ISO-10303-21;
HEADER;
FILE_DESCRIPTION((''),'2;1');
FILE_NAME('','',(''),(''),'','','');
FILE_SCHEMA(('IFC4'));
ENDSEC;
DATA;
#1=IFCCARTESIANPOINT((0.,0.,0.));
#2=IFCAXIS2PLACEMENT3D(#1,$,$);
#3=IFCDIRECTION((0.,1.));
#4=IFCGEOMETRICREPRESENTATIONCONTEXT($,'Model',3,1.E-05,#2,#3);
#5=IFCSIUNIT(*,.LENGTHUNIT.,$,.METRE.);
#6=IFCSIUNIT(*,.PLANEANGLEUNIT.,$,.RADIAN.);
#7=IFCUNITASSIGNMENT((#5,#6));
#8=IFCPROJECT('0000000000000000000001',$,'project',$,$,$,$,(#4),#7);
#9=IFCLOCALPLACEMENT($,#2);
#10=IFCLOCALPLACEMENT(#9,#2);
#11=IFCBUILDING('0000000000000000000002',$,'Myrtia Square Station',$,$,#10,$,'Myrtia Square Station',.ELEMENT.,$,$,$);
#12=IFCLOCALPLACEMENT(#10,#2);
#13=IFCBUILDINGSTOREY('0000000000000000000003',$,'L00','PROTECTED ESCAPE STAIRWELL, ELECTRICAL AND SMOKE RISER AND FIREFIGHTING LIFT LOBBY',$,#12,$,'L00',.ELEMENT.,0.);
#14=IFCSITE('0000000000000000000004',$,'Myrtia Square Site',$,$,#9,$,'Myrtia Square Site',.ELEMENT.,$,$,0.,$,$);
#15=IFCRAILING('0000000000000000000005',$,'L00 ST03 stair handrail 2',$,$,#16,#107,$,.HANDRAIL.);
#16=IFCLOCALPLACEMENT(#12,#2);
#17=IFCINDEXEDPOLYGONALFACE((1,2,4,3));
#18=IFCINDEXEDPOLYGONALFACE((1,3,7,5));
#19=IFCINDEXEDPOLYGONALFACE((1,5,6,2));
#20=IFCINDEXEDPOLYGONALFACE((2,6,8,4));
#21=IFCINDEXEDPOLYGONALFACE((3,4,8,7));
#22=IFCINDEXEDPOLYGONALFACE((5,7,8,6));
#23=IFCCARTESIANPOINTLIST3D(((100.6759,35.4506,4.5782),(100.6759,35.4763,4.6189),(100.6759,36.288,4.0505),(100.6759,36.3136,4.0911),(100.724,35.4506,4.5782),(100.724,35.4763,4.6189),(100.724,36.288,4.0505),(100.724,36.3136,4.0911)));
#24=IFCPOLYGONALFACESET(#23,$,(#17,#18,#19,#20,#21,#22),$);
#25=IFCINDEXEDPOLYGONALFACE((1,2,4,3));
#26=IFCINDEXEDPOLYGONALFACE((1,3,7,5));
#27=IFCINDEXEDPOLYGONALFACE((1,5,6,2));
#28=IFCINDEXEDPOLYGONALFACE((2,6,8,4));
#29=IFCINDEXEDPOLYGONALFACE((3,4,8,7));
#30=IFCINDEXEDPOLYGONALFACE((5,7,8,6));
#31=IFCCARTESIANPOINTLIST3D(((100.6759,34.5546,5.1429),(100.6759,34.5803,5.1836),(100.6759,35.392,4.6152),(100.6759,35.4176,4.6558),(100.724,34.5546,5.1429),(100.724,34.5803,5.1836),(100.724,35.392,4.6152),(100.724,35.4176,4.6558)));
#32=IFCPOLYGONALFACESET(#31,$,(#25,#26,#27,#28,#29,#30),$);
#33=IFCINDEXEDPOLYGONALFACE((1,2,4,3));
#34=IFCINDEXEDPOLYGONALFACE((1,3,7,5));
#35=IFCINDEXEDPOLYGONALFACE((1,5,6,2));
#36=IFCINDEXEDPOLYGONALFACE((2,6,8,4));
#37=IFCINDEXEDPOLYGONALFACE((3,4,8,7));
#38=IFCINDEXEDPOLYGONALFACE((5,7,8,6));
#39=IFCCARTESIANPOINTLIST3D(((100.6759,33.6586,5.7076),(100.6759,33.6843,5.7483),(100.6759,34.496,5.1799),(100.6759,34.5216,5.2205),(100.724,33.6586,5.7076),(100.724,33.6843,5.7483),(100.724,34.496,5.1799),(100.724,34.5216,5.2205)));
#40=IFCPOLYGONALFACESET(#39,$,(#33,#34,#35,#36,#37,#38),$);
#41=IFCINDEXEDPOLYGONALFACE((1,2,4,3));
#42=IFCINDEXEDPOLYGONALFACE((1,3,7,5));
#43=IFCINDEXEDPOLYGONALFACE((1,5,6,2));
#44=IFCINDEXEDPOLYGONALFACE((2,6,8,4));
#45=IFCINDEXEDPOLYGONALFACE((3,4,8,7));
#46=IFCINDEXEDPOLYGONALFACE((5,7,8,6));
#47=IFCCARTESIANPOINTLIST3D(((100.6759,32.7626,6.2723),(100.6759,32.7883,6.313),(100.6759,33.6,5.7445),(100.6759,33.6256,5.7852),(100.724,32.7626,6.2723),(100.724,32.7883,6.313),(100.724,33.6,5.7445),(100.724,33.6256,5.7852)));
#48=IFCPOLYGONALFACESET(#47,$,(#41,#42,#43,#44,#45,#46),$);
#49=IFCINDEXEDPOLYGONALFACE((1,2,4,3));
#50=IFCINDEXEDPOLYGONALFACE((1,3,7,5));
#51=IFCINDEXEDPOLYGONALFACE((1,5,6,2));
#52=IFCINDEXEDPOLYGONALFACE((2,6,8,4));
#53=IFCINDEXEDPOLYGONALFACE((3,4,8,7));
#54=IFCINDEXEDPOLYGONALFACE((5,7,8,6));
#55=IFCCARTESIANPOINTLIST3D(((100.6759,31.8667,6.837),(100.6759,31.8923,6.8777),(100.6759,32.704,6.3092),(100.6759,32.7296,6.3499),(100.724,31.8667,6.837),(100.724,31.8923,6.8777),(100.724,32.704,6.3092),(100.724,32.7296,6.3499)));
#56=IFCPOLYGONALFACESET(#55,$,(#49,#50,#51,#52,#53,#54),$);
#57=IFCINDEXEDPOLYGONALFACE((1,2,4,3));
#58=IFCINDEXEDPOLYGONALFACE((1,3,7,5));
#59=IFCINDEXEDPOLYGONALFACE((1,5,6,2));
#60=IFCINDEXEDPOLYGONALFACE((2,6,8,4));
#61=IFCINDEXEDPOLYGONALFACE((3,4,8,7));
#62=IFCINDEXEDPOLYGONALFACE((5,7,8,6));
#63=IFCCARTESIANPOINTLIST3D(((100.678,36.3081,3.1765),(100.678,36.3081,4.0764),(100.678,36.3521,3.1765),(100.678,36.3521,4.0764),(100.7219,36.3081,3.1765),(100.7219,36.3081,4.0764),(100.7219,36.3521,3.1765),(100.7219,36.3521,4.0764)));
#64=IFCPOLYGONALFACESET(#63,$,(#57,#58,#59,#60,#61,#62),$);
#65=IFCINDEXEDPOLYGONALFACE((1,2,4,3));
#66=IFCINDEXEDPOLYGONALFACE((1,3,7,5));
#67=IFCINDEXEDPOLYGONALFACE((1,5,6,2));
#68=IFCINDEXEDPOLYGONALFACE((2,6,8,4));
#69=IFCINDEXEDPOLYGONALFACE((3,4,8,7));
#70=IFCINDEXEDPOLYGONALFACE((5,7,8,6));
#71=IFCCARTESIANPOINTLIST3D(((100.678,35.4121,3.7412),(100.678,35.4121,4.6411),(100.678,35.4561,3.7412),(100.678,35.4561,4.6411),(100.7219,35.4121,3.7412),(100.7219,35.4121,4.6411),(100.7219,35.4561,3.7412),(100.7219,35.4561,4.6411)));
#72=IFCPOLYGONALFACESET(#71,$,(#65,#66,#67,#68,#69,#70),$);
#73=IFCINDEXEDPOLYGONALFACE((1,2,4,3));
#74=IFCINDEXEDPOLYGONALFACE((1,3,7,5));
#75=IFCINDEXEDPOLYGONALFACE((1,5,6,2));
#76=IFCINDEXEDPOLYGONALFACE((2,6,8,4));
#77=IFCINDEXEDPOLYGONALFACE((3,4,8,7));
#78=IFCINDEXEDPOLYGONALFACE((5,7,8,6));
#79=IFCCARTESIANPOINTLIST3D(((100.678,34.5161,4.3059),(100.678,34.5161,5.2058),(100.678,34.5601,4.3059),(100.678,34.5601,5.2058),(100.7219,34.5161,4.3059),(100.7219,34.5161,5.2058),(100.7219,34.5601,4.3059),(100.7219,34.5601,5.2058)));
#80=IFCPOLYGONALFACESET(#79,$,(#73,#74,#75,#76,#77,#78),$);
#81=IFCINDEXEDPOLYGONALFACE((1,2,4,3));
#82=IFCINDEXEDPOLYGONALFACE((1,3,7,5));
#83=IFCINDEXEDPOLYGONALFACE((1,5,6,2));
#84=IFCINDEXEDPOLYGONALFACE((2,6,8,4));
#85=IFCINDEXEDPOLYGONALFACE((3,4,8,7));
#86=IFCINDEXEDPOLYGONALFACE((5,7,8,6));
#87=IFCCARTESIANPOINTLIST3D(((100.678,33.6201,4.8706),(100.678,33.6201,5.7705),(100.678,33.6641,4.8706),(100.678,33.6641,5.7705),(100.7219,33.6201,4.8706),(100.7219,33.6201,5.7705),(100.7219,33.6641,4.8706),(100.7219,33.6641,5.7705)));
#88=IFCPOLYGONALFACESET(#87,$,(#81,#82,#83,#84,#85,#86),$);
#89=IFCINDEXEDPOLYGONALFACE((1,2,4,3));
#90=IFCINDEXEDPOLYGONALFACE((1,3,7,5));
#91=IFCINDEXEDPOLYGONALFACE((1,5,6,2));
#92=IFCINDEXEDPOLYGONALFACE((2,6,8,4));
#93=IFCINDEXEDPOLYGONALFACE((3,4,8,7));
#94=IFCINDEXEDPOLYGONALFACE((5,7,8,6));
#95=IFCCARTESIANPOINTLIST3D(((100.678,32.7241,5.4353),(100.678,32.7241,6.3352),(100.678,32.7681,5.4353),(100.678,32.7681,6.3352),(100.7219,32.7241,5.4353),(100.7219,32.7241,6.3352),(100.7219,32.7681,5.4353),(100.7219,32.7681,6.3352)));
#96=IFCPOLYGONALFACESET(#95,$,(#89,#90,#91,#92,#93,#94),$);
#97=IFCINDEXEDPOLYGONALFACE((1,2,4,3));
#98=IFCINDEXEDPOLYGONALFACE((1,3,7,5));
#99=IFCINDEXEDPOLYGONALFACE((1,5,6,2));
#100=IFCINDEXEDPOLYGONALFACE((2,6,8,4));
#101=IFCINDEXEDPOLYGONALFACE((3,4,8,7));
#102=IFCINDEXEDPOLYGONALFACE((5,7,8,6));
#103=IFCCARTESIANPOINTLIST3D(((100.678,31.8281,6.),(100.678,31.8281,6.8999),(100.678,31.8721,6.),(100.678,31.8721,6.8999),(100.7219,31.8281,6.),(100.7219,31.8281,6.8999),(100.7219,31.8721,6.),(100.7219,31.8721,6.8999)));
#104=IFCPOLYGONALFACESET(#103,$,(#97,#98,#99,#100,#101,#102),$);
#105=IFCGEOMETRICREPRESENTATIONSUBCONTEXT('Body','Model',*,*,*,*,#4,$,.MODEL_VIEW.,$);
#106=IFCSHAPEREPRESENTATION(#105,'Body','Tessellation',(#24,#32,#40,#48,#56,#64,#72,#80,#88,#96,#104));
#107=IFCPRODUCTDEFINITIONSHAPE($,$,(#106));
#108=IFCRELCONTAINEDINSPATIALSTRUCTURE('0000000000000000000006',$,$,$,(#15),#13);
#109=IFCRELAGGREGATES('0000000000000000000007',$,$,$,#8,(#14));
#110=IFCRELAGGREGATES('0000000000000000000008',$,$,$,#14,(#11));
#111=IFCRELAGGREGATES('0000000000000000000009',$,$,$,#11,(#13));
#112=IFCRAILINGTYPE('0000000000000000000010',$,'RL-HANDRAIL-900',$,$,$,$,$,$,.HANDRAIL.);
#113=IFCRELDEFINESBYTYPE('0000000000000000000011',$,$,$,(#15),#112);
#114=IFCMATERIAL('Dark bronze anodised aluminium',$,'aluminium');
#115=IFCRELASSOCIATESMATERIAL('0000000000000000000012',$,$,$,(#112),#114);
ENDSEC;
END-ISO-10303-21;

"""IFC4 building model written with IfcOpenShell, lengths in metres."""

from ifc_helpers import new_model, si_unit, direction, frame, origin, origin_2d, place, context, subcontext, project, spatial, rectangle, extrude, material, type_object, element, save


model = new_model("IFC4")

# Units and contexts
model_context = context("Model", 3, precision=1e-05, world=origin(), true_north=direction((0.0, 1.0)))
body_context = subcontext(model_context, "Body", "Model", "MODEL_VIEW")
ifc_project = project(units=[si_unit("LENGTHUNIT", "METRE"), si_unit("PLANEANGLEUNIT", "RADIAN")], contexts=[model_context])

# Site, building, storey
site_placement = place(None, origin())
site = spatial("IfcSite", under=ifc_project, at=site_placement, Name="Myrtia Square Site", LongName="Myrtia Square Site", CompositionType="ELEMENT", RefElevation=0.0)
building_placement = place(site_placement, origin())
building = spatial("IfcBuilding", under=site, at=building_placement, Name="Myrtia Square Station", LongName="Myrtia Square Station", CompositionType="ELEMENT")
storey_placement = place(building_placement, origin())
storey = spatial("IfcBuildingStorey", under=building, at=storey_placement, Name="L00", Description="PROTECTED ESCAPE STAIRWELL, ELECTRICAL AND SMOKE RISER AND FIREFIGHTING LIFT LOBBY", LongName="L00", CompositionType="ELEMENT", Elevation=0.0)

# Shared definitions
ifc_material_1 = material(Name="Dark bronze anodised aluminium", Category="aluminium")

# Railing
railing_type = type_object("IfcRailingType", Name="RL-HANDRAIL-900", PredefinedType="HANDRAIL", material=ifc_material_1)
railing_placement = place(storey_placement, frame((100.7, 36.3301, 3.1765)))
element("IfcRailing", 1, at=railing_placement, inside=storey, type_object=railing_type, Name="L00 ST03 stair handrail 2", PredefinedType="HANDRAIL", context=body_context, shape_type="SweptSolid", body=[
    extrude(rectangle(XDim=0.0481, YDim=0.0481, at=origin_2d()), frame((0.0, -0.0293, 0.8943), z_axis=(0.0, -0.845998, 0.533186), x_axis=(1.0, 0.0, 0.0)), (0.0, 0.0, 1.0), 0.9897),
    extrude(rectangle(XDim=0.0481, YDim=0.0481, at=origin_2d()), frame((0.0, -0.9253, 1.459), z_axis=(0.0, -0.845998, 0.533186), x_axis=(1.0, 0.0, 0.0)), (0.0, 0.0, 1.0), 0.9897),
    extrude(rectangle(XDim=0.0481, YDim=0.0481, at=origin_2d()), frame((0.0, -1.8213, 2.0237), z_axis=(0.0, -0.845998, 0.533186), x_axis=(1.0, 0.0, 0.0)), (0.0, 0.0, 1.0), 0.9897),
    extrude(rectangle(XDim=0.0481, YDim=0.0481, at=origin_2d()), frame((0.0, -2.7173, 2.5884), z_axis=(0.0, -0.845998, 0.533186), x_axis=(1.0, 0.0, 0.0)), (0.0, 0.0, 1.0), 0.9897),
    extrude(rectangle(XDim=0.0481, YDim=0.0481, at=origin_2d()), frame((0.0, -3.6133, 3.1531), z_axis=(0.0, -0.845998, 0.533186), x_axis=(1.0, 0.0, 0.0)), (0.0, 0.0, 1.0), 0.9897),
    extrude(rectangle(XDim=0.0439, YDim=0.0439, at=origin_2d()), origin(), (0.0, 0.0, 1.0), 0.8999),
    extrude(rectangle(XDim=0.0439, YDim=0.0439, at=origin_2d()), frame((0.0, -0.896, 0.5647)), (0.0, 0.0, 1.0), 0.8999),
    extrude(rectangle(XDim=0.0439, YDim=0.0439, at=origin_2d()), frame((0.0, -1.792, 1.1294)), (0.0, 0.0, 1.0), 0.8999),
    extrude(rectangle(XDim=0.0439, YDim=0.0439, at=origin_2d()), frame((0.0, -2.688, 1.6941)), (0.0, 0.0, 1.0), 0.8999),
    extrude(rectangle(XDim=0.0439, YDim=0.0439, at=origin_2d()), frame((0.0, -3.584, 2.2588)), (0.0, 0.0, 1.0), 0.8999),
    extrude(rectangle(XDim=0.0439, YDim=0.0439, at=origin_2d()), frame((0.0, -4.48, 2.8235)), (0.0, 0.0, 1.0), 0.8999),
])

save(model, "model.ifc")
